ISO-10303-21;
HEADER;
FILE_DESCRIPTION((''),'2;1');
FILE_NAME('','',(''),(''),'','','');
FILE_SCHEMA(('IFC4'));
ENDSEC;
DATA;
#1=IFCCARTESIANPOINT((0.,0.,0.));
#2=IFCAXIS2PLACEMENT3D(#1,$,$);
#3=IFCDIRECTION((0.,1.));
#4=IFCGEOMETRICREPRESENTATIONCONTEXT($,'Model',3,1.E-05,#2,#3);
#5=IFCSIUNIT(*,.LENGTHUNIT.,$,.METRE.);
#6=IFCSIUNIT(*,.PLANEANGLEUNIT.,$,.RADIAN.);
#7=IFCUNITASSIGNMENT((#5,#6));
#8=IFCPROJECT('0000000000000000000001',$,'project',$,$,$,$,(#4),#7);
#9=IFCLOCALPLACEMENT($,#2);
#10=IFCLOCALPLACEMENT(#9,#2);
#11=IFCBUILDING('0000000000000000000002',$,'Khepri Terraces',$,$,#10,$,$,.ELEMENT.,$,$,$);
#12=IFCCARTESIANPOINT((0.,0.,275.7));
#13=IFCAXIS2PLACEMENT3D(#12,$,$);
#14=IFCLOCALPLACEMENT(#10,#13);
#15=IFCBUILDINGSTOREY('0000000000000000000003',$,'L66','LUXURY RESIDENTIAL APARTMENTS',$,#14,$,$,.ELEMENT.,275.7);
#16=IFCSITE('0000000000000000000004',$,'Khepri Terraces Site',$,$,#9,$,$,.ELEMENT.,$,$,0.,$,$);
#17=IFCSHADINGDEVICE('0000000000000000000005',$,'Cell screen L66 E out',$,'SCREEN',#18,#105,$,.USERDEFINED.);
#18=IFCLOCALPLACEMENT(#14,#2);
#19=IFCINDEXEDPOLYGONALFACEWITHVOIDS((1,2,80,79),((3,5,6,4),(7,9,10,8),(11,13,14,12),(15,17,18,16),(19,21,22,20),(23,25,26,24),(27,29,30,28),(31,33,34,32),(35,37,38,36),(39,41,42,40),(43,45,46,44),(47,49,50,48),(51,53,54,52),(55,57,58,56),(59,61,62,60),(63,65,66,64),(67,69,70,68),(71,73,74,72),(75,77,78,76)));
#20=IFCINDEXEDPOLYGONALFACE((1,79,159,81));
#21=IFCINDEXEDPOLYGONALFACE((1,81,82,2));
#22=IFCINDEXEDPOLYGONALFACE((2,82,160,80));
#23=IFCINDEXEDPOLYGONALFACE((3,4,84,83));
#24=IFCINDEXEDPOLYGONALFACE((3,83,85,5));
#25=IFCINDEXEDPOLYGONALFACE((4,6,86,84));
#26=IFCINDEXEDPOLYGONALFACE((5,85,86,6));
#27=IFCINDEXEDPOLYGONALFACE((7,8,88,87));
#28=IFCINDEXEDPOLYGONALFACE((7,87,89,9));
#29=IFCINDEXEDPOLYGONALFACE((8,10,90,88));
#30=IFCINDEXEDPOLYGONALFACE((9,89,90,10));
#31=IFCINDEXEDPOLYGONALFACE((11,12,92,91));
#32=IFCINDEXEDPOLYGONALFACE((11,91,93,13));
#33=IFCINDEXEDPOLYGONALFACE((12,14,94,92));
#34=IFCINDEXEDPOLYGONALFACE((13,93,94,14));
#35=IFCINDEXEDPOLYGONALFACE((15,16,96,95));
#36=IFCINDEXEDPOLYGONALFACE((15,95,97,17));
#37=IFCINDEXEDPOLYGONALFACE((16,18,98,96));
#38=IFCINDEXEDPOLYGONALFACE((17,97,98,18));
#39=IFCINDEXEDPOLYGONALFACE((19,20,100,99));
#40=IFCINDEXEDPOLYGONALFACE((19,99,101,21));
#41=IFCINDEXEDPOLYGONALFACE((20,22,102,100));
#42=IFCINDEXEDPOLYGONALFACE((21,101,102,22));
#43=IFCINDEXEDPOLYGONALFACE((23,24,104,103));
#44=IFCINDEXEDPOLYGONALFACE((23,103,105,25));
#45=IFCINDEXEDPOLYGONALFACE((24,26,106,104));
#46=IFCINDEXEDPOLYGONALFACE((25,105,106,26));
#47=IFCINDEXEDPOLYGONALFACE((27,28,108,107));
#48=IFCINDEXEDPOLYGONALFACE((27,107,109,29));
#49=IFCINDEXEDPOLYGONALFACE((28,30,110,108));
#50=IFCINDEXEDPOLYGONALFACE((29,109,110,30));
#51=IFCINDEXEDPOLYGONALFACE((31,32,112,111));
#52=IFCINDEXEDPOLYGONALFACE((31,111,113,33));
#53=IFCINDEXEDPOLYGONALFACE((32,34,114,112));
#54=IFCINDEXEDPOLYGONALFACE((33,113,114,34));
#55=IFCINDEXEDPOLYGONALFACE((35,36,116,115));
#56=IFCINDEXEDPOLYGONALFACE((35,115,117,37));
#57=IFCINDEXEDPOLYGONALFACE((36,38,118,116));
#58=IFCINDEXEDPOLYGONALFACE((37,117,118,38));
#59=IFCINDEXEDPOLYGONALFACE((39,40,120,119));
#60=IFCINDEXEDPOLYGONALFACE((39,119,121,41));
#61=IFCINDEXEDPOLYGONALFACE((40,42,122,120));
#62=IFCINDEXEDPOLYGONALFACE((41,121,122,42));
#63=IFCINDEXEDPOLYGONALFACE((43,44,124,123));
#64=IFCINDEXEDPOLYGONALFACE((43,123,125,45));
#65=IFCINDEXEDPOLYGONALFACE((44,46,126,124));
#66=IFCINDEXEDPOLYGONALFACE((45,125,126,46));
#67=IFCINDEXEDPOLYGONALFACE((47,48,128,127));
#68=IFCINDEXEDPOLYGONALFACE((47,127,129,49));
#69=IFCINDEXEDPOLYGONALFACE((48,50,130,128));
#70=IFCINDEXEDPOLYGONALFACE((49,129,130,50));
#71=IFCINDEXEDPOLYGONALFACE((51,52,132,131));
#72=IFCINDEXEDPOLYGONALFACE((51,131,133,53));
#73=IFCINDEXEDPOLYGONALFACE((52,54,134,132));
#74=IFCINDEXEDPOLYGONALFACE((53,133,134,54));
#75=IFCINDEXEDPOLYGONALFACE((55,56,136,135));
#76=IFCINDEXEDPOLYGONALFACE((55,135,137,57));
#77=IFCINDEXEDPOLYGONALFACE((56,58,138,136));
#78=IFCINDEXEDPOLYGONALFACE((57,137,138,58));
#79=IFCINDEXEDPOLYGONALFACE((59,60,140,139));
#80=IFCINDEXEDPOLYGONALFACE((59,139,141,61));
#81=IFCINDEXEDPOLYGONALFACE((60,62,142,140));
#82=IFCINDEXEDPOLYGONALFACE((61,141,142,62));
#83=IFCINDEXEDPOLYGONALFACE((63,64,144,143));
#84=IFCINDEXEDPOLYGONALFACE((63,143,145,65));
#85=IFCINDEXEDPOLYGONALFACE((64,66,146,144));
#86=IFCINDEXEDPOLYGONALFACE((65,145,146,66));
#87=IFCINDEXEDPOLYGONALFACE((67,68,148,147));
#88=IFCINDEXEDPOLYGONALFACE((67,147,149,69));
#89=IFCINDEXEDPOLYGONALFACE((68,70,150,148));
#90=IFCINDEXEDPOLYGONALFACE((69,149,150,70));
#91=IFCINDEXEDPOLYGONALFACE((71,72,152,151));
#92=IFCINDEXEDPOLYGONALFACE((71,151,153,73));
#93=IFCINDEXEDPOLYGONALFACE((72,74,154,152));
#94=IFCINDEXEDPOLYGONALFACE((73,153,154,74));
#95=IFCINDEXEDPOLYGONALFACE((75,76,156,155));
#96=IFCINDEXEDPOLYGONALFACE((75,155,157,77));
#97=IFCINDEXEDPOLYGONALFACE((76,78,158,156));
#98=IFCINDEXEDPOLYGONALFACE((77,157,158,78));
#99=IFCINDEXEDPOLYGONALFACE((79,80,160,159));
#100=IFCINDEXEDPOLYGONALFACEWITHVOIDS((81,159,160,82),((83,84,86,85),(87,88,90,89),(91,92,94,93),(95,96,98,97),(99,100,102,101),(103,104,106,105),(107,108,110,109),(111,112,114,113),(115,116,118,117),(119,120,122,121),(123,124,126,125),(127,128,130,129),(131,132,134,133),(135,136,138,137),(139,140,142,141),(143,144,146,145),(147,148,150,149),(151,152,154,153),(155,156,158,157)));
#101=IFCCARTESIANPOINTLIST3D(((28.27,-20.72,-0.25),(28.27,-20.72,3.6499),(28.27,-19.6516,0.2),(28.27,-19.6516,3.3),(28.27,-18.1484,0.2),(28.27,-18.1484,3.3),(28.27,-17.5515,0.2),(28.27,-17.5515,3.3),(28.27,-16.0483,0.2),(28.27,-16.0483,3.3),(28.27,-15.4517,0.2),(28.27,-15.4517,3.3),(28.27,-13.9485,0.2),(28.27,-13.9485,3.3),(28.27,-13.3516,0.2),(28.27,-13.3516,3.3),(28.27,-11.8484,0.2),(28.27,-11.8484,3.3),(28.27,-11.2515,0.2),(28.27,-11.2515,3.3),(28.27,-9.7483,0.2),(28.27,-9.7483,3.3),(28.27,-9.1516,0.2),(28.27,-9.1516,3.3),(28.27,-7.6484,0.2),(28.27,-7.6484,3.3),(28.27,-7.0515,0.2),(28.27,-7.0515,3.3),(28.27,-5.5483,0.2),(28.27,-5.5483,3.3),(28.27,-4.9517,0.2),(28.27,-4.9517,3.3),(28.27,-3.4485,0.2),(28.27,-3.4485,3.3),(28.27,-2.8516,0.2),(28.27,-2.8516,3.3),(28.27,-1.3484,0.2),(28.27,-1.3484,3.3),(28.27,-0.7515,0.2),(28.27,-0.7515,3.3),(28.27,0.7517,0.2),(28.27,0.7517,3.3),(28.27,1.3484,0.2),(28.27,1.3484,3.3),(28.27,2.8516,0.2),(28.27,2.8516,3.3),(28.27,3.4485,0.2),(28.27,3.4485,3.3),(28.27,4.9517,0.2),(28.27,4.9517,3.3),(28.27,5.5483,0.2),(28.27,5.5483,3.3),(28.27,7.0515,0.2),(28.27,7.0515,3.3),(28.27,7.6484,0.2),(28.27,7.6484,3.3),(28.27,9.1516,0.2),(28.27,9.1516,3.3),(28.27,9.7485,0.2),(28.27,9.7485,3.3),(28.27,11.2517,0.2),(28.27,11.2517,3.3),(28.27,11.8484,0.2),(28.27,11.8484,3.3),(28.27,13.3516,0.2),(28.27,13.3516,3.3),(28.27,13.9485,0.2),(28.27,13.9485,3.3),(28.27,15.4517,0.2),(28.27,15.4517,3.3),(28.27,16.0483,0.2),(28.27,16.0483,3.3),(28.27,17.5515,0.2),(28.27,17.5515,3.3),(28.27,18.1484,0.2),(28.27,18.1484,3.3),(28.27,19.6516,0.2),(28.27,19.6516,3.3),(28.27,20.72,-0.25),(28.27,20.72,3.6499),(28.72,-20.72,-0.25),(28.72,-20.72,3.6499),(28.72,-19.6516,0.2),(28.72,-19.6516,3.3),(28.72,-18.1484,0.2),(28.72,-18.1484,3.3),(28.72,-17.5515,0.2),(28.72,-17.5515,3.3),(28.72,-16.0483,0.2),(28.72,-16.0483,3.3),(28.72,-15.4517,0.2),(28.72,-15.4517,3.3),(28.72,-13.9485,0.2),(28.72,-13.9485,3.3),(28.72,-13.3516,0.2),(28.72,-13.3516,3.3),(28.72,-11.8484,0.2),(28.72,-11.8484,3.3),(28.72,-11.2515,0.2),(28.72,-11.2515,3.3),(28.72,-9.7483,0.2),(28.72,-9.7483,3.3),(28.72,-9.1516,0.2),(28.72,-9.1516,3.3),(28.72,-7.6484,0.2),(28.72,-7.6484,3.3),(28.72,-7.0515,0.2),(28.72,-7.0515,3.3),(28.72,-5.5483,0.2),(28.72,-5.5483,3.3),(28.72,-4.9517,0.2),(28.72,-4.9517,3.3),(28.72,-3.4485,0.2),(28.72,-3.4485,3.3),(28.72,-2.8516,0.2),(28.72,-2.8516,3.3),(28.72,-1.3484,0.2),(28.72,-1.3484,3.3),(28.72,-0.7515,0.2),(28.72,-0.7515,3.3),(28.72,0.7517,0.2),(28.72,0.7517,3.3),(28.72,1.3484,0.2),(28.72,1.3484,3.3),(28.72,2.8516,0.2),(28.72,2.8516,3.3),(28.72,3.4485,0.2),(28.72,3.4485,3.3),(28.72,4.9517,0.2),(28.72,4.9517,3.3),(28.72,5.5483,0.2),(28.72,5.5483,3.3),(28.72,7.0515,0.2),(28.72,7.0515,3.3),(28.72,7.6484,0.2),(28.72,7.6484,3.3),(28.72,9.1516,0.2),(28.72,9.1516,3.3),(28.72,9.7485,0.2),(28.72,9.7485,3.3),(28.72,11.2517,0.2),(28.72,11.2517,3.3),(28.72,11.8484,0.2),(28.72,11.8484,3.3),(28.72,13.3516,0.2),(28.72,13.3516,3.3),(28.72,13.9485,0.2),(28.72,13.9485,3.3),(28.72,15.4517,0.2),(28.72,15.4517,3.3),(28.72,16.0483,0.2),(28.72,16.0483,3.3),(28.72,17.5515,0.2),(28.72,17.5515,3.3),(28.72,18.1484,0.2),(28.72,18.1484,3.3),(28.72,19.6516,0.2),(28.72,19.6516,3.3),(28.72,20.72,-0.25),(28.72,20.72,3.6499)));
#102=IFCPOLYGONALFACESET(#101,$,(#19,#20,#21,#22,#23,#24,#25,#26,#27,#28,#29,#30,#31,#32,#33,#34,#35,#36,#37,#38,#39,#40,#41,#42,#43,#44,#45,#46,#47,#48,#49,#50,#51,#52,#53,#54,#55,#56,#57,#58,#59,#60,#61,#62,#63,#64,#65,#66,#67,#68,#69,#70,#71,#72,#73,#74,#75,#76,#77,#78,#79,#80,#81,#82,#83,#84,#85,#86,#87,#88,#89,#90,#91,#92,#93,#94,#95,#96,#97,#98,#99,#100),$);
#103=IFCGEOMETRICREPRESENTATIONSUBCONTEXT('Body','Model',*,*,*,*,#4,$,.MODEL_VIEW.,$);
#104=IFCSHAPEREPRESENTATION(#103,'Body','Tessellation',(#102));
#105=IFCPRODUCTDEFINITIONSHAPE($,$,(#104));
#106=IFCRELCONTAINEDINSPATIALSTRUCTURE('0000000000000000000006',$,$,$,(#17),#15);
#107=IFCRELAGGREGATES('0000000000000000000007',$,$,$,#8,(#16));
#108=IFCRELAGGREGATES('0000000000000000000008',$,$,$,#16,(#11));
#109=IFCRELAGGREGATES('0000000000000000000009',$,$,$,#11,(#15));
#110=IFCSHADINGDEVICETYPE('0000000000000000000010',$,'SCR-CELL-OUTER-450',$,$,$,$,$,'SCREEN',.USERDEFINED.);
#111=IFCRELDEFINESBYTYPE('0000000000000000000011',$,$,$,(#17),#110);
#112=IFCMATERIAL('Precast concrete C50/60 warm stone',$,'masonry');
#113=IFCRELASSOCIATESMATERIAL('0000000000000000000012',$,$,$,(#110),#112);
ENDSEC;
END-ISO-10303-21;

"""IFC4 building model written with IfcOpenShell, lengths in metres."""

from ifc_helpers import new_model, si_unit, direction, frame, origin, place, context, subcontext, project, spatial, polyline, outline, extrude, material, type_object, element, save


model = new_model("IFC4")

# Units and contexts
model_context = context("Model", 3, precision=1e-05, world=origin(), true_north=direction((0.0, 1.0)))
body_context = subcontext(model_context, "Body", "Model", "MODEL_VIEW")
ifc_project = project(units=[si_unit("LENGTHUNIT", "METRE"), si_unit("PLANEANGLEUNIT", "RADIAN")], contexts=[model_context])

# Site, building, storey
site_placement = place(None, origin())
site = spatial("IfcSite", under=ifc_project, at=site_placement, Name="Khepri Terraces Site", CompositionType="ELEMENT", RefElevation=0.0)
building_placement = place(site_placement, origin())
building = spatial("IfcBuilding", under=site, at=building_placement, Name="Khepri Terraces", CompositionType="ELEMENT")
storey_placement = place(building_placement, frame((0.0, 0.0, 275.7)))
storey = spatial("IfcBuildingStorey", under=building, at=storey_placement, Name="L66", Description="LUXURY RESIDENTIAL APARTMENTS", CompositionType="ELEMENT", Elevation=275.7)

# Shared definitions
ifc_material_1 = material(Name="Precast concrete C50/60 warm stone", Category="masonry")

# Shading device
shading_device_type_1 = type_object("IfcShadingDeviceType", Name="SCR-CELL-OUTER-450", ElementType="SCREEN", PredefinedType="USERDEFINED", material=ifc_material_1)
shading_device_1_placement = place(storey_placement, frame((28.27, -20.72, -0.25), z_axis=(1.0, 0.0, 0.0), x_axis=(0.0, 1.0, 0.0)))
element("IfcShadingDevice", 1, at=shading_device_1_placement, inside=storey, type_object=shading_device_type_1, Name="Cell screen L66 E out", ObjectType="SCREEN", PredefinedType="USERDEFINED", context=body_context, shape_type="SweptSolid", body=[
    extrude(outline(polyline([(0.0, 0.0), (41.4399, 0.0), (41.4399, 3.8999), (0.0, 3.8999), (0.0, 0.0)]), holes=[polyline([(1.0684, 0.45), (2.5715, 0.45), (2.5715, 3.55), (1.0684, 3.55), (1.0684, 0.45)]), polyline([(3.1685, 0.45), (4.6716, 0.45), (4.6716, 3.55), (3.1685, 3.55), (3.1685, 0.45)]), polyline([(5.2683, 0.45), (6.7715, 0.45), (6.7715, 3.55), (5.2683, 3.55), (5.2683, 0.45)]), polyline([(7.3684, 0.45), (8.8716, 0.45), (8.8716, 3.55), (7.3684, 3.55), (7.3684, 0.45)]), polyline([(9.4685, 0.45), (10.9717, 0.45), (10.9717, 3.55), (9.4685, 3.55), (9.4685, 0.45)]), polyline([(11.5684, 0.45), (13.0715, 0.45), (13.0715, 3.55), (11.5684, 3.55), (11.5684, 0.45)]), polyline([(13.6685, 0.45), (15.1716, 0.45), (15.1716, 3.55), (13.6685, 3.55), (13.6685, 0.45)]), polyline([(15.7683, 0.45), (17.2715, 0.45), (17.2715, 3.55), (15.7683, 3.55), (15.7683, 0.45)]), polyline([(17.8684, 0.45), (19.3716, 0.45), (19.3716, 3.55), (17.8684, 3.55), (17.8684, 0.45)]), polyline([(19.9685, 0.45), (21.4717, 0.45), (21.4717, 3.55), (19.9685, 3.55), (19.9685, 0.45)]), polyline([(22.0684, 0.45), (23.5715, 0.45), (23.5715, 3.55), (22.0684, 3.55), (22.0684, 0.45)]), polyline([(24.1685, 0.45), (25.6716, 0.45), (25.6716, 3.55), (24.1685, 3.55), (24.1685, 0.45)]), polyline([(26.2683, 0.45), (27.7715, 0.45), (27.7715, 3.55), (26.2683, 3.55), (26.2683, 0.45)]), polyline([(28.3684, 0.45), (29.8716, 0.45), (29.8716, 3.55), (28.3684, 3.55), (28.3684, 0.45)]), polyline([(30.4685, 0.45), (31.9717, 0.45), (31.9717, 3.55), (30.4685, 3.55), (30.4685, 0.45)]), polyline([(32.5684, 0.45), (34.0715, 0.45), (34.0715, 3.55), (32.5684, 3.55), (32.5684, 0.45)]), polyline([(34.6685, 0.45), (36.1716, 0.45), (36.1716, 3.55), (34.6685, 3.55), (34.6685, 0.45)]), polyline([(36.7683, 0.45), (38.2715, 0.45), (38.2715, 3.55), (36.7683, 3.55), (36.7683, 0.45)]), polyline([(38.8684, 0.45), (40.3716, 0.45), (40.3716, 3.55), (38.8684, 3.55), (38.8684, 0.45)])]), origin(), (0.0, 0.0, 1.0), 0.45),
])

save(model, "model.ifc")
